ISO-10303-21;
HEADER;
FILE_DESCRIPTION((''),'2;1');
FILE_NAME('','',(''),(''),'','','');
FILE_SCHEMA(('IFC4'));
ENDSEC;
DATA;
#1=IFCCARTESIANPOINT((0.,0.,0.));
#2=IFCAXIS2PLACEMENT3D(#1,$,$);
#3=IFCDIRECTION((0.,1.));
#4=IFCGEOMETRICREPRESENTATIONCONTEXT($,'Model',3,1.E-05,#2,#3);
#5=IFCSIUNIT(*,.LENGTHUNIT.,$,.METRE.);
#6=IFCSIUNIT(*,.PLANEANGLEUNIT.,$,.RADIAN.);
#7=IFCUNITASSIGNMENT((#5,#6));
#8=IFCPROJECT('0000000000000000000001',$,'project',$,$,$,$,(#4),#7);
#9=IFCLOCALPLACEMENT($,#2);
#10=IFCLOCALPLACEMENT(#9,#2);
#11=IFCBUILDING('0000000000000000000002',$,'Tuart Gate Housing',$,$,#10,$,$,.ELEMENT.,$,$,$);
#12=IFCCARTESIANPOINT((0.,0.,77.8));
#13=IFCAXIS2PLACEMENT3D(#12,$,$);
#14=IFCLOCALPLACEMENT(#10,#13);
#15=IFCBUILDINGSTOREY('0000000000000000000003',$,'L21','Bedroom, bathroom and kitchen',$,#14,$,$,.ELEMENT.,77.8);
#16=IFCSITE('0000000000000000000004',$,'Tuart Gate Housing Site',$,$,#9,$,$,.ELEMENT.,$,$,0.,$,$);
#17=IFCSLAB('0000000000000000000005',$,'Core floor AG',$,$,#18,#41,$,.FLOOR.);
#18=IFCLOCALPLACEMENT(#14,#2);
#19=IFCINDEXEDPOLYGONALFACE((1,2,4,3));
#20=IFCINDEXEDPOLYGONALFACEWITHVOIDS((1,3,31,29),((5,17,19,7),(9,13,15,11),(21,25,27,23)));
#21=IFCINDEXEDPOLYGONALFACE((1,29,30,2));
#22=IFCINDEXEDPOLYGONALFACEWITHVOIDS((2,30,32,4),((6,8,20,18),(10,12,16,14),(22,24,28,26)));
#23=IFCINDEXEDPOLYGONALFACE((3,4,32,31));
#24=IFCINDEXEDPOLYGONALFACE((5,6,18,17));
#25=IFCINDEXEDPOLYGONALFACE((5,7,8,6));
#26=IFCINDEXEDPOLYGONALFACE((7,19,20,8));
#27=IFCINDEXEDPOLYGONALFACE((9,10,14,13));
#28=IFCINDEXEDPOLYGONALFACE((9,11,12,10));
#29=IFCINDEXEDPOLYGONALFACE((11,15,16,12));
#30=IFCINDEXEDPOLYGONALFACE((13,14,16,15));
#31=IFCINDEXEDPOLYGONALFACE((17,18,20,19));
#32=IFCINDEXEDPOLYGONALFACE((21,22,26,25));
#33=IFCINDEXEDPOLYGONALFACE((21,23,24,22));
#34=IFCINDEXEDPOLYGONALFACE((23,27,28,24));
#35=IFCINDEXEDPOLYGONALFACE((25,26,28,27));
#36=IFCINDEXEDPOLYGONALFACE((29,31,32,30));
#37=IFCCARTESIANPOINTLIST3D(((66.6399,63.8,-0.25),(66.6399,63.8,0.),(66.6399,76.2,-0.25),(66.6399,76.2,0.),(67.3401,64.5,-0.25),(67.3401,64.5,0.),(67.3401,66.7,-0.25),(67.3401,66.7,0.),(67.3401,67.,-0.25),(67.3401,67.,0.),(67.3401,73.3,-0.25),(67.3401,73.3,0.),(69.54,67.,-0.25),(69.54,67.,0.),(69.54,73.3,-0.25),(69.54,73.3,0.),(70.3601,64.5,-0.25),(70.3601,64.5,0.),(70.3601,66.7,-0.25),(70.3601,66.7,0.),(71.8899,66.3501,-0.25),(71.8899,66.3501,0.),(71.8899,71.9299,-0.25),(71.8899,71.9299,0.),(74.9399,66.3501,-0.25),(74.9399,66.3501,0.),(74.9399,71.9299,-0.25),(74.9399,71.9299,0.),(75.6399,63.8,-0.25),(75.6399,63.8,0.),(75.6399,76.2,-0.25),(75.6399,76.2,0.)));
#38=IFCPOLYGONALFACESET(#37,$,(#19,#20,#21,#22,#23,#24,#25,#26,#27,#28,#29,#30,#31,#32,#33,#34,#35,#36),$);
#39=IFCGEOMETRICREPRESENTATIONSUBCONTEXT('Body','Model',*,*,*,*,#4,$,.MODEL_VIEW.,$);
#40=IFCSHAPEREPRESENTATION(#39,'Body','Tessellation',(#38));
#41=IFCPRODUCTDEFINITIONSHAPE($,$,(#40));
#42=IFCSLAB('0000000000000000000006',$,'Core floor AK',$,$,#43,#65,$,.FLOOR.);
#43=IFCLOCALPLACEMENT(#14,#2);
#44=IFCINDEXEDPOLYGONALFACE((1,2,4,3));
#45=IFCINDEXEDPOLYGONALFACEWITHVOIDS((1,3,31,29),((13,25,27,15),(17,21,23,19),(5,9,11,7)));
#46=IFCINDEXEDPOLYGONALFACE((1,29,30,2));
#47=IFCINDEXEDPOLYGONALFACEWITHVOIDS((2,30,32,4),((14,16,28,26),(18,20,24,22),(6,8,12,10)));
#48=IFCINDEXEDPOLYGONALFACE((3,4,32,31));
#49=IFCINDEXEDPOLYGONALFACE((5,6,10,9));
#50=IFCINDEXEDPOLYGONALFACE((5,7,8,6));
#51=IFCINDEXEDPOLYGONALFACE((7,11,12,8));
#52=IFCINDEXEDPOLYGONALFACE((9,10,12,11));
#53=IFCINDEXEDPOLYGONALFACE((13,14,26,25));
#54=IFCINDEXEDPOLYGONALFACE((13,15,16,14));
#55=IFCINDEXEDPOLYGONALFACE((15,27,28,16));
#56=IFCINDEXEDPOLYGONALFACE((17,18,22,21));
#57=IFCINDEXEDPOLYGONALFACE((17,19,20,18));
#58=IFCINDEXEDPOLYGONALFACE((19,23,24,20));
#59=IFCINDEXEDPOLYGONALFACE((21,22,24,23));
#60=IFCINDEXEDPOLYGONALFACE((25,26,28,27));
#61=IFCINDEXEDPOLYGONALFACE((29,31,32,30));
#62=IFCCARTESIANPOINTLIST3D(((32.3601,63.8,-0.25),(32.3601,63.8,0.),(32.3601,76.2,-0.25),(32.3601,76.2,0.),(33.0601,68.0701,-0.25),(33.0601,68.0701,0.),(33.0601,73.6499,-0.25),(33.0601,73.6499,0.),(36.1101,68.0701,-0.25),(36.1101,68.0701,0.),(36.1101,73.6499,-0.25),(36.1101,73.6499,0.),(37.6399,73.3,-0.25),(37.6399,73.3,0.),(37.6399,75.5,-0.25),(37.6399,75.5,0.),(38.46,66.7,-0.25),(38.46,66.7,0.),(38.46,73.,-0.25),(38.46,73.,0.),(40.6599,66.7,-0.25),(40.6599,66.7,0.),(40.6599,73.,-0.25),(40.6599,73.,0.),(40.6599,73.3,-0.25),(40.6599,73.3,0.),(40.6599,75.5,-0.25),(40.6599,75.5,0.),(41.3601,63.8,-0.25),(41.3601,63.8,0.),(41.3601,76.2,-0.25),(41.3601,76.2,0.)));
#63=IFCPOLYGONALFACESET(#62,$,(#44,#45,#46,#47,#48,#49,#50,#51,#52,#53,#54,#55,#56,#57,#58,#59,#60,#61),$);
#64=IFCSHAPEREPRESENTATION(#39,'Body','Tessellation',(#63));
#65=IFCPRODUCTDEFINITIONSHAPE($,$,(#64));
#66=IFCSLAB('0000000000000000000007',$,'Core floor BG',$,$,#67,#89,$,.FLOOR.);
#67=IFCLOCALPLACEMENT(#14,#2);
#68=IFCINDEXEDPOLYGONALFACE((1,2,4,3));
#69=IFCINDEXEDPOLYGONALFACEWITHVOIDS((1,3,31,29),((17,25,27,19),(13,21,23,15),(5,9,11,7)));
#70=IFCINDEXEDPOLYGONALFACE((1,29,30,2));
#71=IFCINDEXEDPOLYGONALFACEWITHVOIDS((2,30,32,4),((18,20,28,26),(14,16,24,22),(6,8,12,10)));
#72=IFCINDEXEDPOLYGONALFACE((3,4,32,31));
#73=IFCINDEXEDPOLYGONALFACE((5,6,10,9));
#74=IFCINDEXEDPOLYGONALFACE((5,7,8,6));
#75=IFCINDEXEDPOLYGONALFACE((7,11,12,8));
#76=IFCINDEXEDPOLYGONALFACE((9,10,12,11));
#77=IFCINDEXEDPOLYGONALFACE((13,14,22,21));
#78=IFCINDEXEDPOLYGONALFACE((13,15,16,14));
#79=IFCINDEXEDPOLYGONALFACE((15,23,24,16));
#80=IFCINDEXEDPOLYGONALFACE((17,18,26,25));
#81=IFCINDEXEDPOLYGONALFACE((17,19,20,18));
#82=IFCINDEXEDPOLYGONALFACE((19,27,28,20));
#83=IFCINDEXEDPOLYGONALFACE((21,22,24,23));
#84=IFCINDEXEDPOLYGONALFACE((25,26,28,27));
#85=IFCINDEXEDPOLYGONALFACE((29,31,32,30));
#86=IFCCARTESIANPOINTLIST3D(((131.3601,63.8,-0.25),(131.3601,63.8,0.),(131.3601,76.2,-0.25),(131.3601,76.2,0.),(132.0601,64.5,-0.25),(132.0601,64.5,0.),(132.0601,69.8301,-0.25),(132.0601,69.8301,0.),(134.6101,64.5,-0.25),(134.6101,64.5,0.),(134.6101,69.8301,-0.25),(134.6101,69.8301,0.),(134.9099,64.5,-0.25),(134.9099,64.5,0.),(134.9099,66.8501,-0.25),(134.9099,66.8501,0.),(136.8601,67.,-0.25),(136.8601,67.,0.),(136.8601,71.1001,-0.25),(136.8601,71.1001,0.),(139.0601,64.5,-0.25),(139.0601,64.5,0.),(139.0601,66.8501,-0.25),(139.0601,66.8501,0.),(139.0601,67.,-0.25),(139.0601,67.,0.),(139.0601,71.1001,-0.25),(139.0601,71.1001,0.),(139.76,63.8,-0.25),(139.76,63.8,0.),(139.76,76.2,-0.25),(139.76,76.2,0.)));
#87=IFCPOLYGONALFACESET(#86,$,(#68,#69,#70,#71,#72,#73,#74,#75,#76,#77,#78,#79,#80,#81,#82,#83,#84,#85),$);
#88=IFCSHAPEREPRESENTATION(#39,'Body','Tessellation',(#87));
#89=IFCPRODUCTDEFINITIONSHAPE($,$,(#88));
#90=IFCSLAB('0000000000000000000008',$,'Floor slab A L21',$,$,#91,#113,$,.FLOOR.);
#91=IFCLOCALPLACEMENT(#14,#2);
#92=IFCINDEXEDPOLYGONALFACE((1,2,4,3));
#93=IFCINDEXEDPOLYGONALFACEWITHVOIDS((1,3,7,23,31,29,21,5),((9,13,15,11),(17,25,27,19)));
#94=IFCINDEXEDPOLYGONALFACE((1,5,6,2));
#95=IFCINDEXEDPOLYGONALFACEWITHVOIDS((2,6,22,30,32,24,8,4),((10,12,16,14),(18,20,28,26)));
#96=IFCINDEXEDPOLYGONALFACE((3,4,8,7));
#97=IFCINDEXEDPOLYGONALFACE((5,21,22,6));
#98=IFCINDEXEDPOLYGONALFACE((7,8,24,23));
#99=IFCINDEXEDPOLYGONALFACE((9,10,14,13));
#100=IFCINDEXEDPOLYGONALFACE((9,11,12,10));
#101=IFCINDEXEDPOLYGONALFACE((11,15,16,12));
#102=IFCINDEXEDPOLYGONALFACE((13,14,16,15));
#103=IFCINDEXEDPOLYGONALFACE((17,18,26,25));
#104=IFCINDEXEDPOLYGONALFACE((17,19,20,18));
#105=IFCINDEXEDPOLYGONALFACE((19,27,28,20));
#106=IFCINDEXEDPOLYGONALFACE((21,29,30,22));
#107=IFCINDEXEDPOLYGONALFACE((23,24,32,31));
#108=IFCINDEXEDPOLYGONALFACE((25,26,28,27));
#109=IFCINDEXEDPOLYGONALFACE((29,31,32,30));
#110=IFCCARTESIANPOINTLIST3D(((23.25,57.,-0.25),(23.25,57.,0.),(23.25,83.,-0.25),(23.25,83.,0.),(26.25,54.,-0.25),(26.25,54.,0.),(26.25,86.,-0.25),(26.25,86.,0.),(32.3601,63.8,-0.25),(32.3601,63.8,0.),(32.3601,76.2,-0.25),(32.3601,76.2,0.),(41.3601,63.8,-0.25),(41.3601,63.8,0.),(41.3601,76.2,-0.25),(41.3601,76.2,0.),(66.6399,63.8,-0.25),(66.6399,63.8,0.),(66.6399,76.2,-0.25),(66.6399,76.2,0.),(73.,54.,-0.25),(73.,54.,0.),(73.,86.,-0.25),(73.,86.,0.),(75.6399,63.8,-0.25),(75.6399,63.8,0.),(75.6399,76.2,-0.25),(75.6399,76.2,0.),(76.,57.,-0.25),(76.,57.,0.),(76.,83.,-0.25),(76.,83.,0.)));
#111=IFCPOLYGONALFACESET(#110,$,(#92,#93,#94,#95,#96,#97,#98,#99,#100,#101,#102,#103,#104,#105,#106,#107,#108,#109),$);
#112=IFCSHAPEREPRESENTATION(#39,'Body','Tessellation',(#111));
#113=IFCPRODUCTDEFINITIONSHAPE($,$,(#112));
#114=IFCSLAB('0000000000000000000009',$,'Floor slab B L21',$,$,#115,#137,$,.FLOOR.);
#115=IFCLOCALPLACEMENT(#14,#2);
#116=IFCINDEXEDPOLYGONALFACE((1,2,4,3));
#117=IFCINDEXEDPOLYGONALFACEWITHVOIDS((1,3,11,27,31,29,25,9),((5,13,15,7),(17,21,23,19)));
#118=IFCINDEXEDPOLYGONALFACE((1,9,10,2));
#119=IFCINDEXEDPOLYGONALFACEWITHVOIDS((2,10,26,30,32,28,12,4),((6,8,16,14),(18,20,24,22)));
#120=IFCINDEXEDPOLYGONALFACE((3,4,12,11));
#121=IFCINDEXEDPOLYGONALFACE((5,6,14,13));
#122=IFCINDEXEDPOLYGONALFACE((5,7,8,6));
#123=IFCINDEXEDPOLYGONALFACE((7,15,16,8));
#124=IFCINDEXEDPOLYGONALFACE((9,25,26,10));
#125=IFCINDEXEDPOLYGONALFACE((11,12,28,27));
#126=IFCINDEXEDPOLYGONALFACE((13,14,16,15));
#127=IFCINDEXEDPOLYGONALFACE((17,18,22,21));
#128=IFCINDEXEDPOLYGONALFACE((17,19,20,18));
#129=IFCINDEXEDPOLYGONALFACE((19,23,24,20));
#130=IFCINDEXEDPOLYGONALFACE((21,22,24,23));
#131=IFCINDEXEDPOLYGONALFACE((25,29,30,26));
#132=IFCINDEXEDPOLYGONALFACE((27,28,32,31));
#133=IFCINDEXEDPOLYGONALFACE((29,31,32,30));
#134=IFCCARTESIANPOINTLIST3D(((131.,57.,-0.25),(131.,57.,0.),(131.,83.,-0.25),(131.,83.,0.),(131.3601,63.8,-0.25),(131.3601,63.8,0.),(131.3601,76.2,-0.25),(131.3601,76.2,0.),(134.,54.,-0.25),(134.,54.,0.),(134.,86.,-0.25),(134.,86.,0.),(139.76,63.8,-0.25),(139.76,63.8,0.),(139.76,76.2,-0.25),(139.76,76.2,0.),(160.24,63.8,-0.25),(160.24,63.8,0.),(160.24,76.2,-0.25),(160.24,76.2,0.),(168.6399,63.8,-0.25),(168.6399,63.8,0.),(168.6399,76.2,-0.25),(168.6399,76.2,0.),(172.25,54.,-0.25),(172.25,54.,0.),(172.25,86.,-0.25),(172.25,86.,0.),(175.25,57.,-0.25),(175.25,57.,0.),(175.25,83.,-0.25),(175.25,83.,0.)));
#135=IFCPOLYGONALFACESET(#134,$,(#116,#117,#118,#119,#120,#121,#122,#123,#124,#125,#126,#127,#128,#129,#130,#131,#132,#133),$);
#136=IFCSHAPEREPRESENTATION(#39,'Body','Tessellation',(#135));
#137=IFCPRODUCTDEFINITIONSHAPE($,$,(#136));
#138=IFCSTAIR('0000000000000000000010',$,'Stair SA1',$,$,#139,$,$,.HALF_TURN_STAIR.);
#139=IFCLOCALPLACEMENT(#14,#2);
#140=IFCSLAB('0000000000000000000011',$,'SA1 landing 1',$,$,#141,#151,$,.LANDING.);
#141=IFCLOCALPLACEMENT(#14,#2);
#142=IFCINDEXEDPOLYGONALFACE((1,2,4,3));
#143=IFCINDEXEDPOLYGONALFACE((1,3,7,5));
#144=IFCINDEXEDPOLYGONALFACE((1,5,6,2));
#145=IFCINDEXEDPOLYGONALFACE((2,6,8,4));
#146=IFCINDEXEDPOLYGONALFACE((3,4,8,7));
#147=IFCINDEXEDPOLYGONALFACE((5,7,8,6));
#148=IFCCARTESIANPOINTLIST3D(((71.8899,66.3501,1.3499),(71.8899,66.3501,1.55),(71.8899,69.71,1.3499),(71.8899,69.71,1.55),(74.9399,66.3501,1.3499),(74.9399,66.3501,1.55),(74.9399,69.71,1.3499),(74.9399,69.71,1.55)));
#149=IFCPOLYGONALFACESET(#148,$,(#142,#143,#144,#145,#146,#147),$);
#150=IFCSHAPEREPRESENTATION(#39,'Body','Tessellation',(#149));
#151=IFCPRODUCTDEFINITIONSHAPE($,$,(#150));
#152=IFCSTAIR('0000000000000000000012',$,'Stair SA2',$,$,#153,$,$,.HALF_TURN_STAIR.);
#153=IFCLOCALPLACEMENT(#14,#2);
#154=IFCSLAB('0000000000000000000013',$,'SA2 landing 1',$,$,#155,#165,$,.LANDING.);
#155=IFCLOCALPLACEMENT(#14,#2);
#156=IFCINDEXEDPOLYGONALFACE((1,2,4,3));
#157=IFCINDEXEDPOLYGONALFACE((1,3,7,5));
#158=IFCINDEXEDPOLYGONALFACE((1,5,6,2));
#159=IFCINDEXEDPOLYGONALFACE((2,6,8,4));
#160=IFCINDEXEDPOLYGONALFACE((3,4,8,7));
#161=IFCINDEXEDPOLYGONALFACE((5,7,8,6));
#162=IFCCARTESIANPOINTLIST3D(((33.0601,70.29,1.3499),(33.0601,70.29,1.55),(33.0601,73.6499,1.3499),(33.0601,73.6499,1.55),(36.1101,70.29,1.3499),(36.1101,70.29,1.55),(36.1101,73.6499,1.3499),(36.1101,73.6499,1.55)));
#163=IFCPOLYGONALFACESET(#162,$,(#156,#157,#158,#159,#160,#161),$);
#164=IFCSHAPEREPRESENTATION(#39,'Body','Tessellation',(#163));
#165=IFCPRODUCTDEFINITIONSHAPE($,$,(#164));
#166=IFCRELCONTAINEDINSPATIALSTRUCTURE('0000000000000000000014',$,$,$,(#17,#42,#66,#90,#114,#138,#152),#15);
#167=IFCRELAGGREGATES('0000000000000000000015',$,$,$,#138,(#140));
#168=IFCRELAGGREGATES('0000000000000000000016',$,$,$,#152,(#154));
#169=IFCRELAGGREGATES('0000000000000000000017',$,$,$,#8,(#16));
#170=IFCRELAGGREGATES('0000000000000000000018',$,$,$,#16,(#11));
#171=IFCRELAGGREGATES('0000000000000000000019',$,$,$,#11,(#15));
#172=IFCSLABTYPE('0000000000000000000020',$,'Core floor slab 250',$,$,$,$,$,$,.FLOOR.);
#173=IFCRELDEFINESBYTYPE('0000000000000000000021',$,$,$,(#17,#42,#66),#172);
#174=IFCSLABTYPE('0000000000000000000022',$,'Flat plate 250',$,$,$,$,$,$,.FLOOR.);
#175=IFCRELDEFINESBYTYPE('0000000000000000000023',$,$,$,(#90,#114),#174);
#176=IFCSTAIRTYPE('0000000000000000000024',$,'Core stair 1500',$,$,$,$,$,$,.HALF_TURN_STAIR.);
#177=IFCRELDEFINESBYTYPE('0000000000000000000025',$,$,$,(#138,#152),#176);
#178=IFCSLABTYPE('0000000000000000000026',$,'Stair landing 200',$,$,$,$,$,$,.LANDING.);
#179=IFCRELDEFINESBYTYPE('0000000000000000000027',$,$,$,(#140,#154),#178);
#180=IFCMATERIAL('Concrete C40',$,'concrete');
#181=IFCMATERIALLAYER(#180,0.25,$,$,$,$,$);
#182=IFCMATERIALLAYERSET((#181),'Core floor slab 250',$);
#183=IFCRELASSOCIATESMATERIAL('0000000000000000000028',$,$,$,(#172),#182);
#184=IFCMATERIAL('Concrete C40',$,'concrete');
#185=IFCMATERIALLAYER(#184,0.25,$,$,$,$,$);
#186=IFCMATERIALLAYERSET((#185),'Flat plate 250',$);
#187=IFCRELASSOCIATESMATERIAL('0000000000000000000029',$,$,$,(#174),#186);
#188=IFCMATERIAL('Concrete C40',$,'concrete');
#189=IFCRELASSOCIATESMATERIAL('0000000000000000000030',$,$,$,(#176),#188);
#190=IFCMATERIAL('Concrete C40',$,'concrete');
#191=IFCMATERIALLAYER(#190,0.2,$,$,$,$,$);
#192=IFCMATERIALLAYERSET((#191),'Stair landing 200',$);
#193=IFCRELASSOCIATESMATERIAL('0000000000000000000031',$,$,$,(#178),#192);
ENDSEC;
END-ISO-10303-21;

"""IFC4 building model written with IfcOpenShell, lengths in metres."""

from ifc_helpers import new_model, si_unit, direction, frame, origin, place, context, subcontext, project, spatial, polyline, outline, extrude, material, layer, layer_set, type_object, element, aggregate, save


model = new_model("IFC4")

# Units and contexts
model_context = context("Model", 3, precision=1e-05, world=origin(), true_north=direction((0.0, 1.0)))
body_context = subcontext(model_context, "Body", "Model", "MODEL_VIEW")
ifc_project = project(units=[si_unit("LENGTHUNIT", "METRE"), si_unit("PLANEANGLEUNIT", "RADIAN")], contexts=[model_context])

# Site, building, storey
site_placement = place(None, origin())
site = spatial("IfcSite", under=ifc_project, at=site_placement, Name="Tuart Gate Housing Site", CompositionType="ELEMENT", RefElevation=0.0)
building_placement = place(site_placement, origin())
building = spatial("IfcBuilding", under=site, at=building_placement, Name="Tuart Gate Housing", CompositionType="ELEMENT")
storey_placement = place(building_placement, frame((0.0, 0.0, 77.8)))
storey = spatial("IfcBuildingStorey", under=building, at=storey_placement, Name="L21", Description="Bedroom, bathroom and kitchen", CompositionType="ELEMENT", Elevation=77.8)

# Slabs
ifc_material_1 = material(Name="Concrete C40", Category="concrete")
ifc_layer_1 = layer(ifc_material_1, 0.25)
ifc_layer_set_1 = layer_set([ifc_layer_1], Name="Core floor slab 250")
slab_type_1 = type_object("IfcSlabType", Name="Core floor slab 250", PredefinedType="FLOOR", material=ifc_layer_set_1)
slab_1_placement = place(storey_placement, frame((0.0, 0.0, -0.25)))
element("IfcSlab", 1, at=slab_1_placement, inside=storey, type_object=slab_type_1, Name="Core floor AG", PredefinedType="FLOOR", context=body_context, shape_type="SweptSolid", body=[
    extrude(outline(polyline([(66.6399, 63.8), (75.6399, 63.8), (75.6399, 76.2), (66.6399, 76.2), (66.6399, 63.8)]), holes=[polyline([(67.3401, 64.5), (70.3601, 64.5), (70.3601, 66.7), (67.3401, 66.7), (67.3401, 64.5)]), polyline([(67.3401, 67.0), (69.54, 67.0), (69.54, 73.3), (67.3401, 73.3), (67.3401, 67.0)]), polyline([(71.8899, 66.3501), (74.9399, 66.3501), (74.9399, 71.9299), (71.8899, 71.9299), (71.8899, 66.3501)])]), origin(), (0.0, 0.0, 1.0), 0.25),
])
slab_2_placement = place(storey_placement, frame((0.0, 0.0, -0.25)))
element("IfcSlab", 2, at=slab_2_placement, inside=storey, type_object=slab_type_1, Name="Core floor AK", PredefinedType="FLOOR", context=body_context, shape_type="SweptSolid", body=[
    extrude(outline(polyline([(32.3601, 63.8), (41.3601, 63.8), (41.3601, 76.2), (32.3601, 76.2), (32.3601, 63.8)]), holes=[polyline([(40.6599, 75.5), (37.6399, 75.5), (37.6399, 73.3), (40.6599, 73.3), (40.6599, 75.5)]), polyline([(40.6599, 73.0), (38.46, 73.0), (38.46, 66.7), (40.6599, 66.7), (40.6599, 73.0)]), polyline([(36.1101, 73.6499), (33.0601, 73.6499), (33.0601, 68.0701), (36.1101, 68.0701), (36.1101, 73.6499)])]), origin(), (0.0, 0.0, 1.0), 0.25),
])
slab_3_placement = place(storey_placement, frame((0.0, 0.0, -0.25)))
element("IfcSlab", 3, at=slab_3_placement, inside=storey, type_object=slab_type_1, Name="Core floor BG", PredefinedType="FLOOR", context=body_context, shape_type="SweptSolid", body=[
    extrude(outline(polyline([(131.3601, 63.8), (139.76, 63.8), (139.76, 76.2), (131.3601, 76.2), (131.3601, 63.8)]), holes=[polyline([(139.0601, 66.8501), (134.9099, 66.8501), (134.9099, 64.5), (139.0601, 64.5), (139.0601, 66.8501)]), polyline([(139.0601, 71.1001), (136.8601, 71.1001), (136.8601, 67.0), (139.0601, 67.0), (139.0601, 71.1001)]), polyline([(134.6101, 69.8301), (132.0601, 69.8301), (132.0601, 64.5), (134.6101, 64.5), (134.6101, 69.8301)])]), origin(), (0.0, 0.0, 1.0), 0.25),
])
ifc_material_2 = material(Name="Concrete C40", Category="concrete")
ifc_layer_2 = layer(ifc_material_2, 0.25)
ifc_layer_set_2 = layer_set([ifc_layer_2], Name="Flat plate 250")
slab_type_2 = type_object("IfcSlabType", Name="Flat plate 250", PredefinedType="FLOOR", material=ifc_layer_set_2)
slab_4_placement = place(storey_placement, frame((0.0, 0.0, -0.25)))
element("IfcSlab", 4, at=slab_4_placement, inside=storey, type_object=slab_type_2, Name="Floor slab A L21", PredefinedType="FLOOR", context=body_context, shape_type="SweptSolid", body=[
    extrude(outline(polyline([(26.25, 86.0), (23.25, 83.0), (23.25, 57.0), (26.25, 54.0), (73.0, 54.0), (76.0, 57.0), (76.0, 83.0), (73.0, 86.0), (26.25, 86.0)]), holes=[polyline([(66.6399, 76.2), (75.6399, 76.2), (75.6399, 63.8), (66.6399, 63.8), (66.6399, 76.2)]), polyline([(41.3601, 76.2), (41.3601, 63.8), (32.3601, 63.8), (32.3601, 76.2), (41.3601, 76.2)])]), origin(), (0.0, 0.0, 1.0), 0.25),
])
slab_5_placement = place(storey_placement, frame((0.0, 0.0, -0.25)))
element("IfcSlab", 5, at=slab_5_placement, inside=storey, type_object=slab_type_2, Name="Floor slab B L21", PredefinedType="FLOOR", context=body_context, shape_type="SweptSolid", body=[
    extrude(outline(polyline([(134.0, 86.0), (131.0, 83.0), (131.0, 57.0), (134.0, 54.0), (172.25, 54.0), (175.25, 57.0), (175.25, 83.0), (172.25, 86.0), (134.0, 86.0)]), holes=[polyline([(131.3601, 76.2), (139.76, 76.2), (139.76, 63.8), (131.3601, 63.8), (131.3601, 76.2)]), polyline([(168.6399, 76.2), (168.6399, 63.8), (160.24, 63.8), (160.24, 76.2), (168.6399, 76.2)])]), origin(), (0.0, 0.0, 1.0), 0.25),
])

# Stairs, slabs
ifc_material_3 = material(Name="Concrete C40", Category="concrete")
stair_type = type_object("IfcStairType", Name="Core stair 1500", PredefinedType="HALF_TURN_STAIR", material=ifc_material_3)
stair_1_placement = place(storey_placement, origin())
stair_1 = element("IfcStair", 6, at=stair_1_placement, inside=storey, type_object=stair_type, Name="Stair SA1", PredefinedType="HALF_TURN_STAIR")
ifc_material_4 = material(Name="Concrete C40", Category="concrete")
ifc_layer_3 = layer(ifc_material_4, 0.2)
ifc_layer_set_3 = layer_set([ifc_layer_3], Name="Stair landing 200")
slab_type_3 = type_object("IfcSlabType", Name="Stair landing 200", PredefinedType="LANDING", material=ifc_layer_set_3)
slab_6_placement = place(storey_placement, frame((0.0, 0.0, 1.3499)))
slab_6 = element("IfcSlab", 7, at=slab_6_placement, type_object=slab_type_3, Name="SA1 landing 1", PredefinedType="LANDING", context=body_context, shape_type="SweptSolid", body=[
    extrude(outline(polyline([(71.8899, 66.3501), (74.9399, 66.3501), (74.9399, 69.71), (71.8899, 69.71), (71.8899, 66.3501)])), origin(), (0.0, 0.0, 1.0), 0.2002),
])
aggregate(stair_1, [slab_6])
stair_2_placement = place(storey_placement, origin())
stair_2 = element("IfcStair", 8, at=stair_2_placement, inside=storey, type_object=stair_type, Name="Stair SA2", PredefinedType="HALF_TURN_STAIR")
slab_7_placement = place(storey_placement, frame((0.0, 0.0, 1.3499)))
slab_7 = element("IfcSlab", 9, at=slab_7_placement, type_object=slab_type_3, Name="SA2 landing 1", PredefinedType="LANDING", context=body_context, shape_type="SweptSolid", body=[
    extrude(outline(polyline([(36.1101, 73.6499), (33.0601, 73.6499), (33.0601, 70.29), (36.1101, 70.29), (36.1101, 73.6499)])), origin(), (0.0, 0.0, 1.0), 0.2002),
])
aggregate(stair_2, [slab_7])

save(model, "model.ifc")
